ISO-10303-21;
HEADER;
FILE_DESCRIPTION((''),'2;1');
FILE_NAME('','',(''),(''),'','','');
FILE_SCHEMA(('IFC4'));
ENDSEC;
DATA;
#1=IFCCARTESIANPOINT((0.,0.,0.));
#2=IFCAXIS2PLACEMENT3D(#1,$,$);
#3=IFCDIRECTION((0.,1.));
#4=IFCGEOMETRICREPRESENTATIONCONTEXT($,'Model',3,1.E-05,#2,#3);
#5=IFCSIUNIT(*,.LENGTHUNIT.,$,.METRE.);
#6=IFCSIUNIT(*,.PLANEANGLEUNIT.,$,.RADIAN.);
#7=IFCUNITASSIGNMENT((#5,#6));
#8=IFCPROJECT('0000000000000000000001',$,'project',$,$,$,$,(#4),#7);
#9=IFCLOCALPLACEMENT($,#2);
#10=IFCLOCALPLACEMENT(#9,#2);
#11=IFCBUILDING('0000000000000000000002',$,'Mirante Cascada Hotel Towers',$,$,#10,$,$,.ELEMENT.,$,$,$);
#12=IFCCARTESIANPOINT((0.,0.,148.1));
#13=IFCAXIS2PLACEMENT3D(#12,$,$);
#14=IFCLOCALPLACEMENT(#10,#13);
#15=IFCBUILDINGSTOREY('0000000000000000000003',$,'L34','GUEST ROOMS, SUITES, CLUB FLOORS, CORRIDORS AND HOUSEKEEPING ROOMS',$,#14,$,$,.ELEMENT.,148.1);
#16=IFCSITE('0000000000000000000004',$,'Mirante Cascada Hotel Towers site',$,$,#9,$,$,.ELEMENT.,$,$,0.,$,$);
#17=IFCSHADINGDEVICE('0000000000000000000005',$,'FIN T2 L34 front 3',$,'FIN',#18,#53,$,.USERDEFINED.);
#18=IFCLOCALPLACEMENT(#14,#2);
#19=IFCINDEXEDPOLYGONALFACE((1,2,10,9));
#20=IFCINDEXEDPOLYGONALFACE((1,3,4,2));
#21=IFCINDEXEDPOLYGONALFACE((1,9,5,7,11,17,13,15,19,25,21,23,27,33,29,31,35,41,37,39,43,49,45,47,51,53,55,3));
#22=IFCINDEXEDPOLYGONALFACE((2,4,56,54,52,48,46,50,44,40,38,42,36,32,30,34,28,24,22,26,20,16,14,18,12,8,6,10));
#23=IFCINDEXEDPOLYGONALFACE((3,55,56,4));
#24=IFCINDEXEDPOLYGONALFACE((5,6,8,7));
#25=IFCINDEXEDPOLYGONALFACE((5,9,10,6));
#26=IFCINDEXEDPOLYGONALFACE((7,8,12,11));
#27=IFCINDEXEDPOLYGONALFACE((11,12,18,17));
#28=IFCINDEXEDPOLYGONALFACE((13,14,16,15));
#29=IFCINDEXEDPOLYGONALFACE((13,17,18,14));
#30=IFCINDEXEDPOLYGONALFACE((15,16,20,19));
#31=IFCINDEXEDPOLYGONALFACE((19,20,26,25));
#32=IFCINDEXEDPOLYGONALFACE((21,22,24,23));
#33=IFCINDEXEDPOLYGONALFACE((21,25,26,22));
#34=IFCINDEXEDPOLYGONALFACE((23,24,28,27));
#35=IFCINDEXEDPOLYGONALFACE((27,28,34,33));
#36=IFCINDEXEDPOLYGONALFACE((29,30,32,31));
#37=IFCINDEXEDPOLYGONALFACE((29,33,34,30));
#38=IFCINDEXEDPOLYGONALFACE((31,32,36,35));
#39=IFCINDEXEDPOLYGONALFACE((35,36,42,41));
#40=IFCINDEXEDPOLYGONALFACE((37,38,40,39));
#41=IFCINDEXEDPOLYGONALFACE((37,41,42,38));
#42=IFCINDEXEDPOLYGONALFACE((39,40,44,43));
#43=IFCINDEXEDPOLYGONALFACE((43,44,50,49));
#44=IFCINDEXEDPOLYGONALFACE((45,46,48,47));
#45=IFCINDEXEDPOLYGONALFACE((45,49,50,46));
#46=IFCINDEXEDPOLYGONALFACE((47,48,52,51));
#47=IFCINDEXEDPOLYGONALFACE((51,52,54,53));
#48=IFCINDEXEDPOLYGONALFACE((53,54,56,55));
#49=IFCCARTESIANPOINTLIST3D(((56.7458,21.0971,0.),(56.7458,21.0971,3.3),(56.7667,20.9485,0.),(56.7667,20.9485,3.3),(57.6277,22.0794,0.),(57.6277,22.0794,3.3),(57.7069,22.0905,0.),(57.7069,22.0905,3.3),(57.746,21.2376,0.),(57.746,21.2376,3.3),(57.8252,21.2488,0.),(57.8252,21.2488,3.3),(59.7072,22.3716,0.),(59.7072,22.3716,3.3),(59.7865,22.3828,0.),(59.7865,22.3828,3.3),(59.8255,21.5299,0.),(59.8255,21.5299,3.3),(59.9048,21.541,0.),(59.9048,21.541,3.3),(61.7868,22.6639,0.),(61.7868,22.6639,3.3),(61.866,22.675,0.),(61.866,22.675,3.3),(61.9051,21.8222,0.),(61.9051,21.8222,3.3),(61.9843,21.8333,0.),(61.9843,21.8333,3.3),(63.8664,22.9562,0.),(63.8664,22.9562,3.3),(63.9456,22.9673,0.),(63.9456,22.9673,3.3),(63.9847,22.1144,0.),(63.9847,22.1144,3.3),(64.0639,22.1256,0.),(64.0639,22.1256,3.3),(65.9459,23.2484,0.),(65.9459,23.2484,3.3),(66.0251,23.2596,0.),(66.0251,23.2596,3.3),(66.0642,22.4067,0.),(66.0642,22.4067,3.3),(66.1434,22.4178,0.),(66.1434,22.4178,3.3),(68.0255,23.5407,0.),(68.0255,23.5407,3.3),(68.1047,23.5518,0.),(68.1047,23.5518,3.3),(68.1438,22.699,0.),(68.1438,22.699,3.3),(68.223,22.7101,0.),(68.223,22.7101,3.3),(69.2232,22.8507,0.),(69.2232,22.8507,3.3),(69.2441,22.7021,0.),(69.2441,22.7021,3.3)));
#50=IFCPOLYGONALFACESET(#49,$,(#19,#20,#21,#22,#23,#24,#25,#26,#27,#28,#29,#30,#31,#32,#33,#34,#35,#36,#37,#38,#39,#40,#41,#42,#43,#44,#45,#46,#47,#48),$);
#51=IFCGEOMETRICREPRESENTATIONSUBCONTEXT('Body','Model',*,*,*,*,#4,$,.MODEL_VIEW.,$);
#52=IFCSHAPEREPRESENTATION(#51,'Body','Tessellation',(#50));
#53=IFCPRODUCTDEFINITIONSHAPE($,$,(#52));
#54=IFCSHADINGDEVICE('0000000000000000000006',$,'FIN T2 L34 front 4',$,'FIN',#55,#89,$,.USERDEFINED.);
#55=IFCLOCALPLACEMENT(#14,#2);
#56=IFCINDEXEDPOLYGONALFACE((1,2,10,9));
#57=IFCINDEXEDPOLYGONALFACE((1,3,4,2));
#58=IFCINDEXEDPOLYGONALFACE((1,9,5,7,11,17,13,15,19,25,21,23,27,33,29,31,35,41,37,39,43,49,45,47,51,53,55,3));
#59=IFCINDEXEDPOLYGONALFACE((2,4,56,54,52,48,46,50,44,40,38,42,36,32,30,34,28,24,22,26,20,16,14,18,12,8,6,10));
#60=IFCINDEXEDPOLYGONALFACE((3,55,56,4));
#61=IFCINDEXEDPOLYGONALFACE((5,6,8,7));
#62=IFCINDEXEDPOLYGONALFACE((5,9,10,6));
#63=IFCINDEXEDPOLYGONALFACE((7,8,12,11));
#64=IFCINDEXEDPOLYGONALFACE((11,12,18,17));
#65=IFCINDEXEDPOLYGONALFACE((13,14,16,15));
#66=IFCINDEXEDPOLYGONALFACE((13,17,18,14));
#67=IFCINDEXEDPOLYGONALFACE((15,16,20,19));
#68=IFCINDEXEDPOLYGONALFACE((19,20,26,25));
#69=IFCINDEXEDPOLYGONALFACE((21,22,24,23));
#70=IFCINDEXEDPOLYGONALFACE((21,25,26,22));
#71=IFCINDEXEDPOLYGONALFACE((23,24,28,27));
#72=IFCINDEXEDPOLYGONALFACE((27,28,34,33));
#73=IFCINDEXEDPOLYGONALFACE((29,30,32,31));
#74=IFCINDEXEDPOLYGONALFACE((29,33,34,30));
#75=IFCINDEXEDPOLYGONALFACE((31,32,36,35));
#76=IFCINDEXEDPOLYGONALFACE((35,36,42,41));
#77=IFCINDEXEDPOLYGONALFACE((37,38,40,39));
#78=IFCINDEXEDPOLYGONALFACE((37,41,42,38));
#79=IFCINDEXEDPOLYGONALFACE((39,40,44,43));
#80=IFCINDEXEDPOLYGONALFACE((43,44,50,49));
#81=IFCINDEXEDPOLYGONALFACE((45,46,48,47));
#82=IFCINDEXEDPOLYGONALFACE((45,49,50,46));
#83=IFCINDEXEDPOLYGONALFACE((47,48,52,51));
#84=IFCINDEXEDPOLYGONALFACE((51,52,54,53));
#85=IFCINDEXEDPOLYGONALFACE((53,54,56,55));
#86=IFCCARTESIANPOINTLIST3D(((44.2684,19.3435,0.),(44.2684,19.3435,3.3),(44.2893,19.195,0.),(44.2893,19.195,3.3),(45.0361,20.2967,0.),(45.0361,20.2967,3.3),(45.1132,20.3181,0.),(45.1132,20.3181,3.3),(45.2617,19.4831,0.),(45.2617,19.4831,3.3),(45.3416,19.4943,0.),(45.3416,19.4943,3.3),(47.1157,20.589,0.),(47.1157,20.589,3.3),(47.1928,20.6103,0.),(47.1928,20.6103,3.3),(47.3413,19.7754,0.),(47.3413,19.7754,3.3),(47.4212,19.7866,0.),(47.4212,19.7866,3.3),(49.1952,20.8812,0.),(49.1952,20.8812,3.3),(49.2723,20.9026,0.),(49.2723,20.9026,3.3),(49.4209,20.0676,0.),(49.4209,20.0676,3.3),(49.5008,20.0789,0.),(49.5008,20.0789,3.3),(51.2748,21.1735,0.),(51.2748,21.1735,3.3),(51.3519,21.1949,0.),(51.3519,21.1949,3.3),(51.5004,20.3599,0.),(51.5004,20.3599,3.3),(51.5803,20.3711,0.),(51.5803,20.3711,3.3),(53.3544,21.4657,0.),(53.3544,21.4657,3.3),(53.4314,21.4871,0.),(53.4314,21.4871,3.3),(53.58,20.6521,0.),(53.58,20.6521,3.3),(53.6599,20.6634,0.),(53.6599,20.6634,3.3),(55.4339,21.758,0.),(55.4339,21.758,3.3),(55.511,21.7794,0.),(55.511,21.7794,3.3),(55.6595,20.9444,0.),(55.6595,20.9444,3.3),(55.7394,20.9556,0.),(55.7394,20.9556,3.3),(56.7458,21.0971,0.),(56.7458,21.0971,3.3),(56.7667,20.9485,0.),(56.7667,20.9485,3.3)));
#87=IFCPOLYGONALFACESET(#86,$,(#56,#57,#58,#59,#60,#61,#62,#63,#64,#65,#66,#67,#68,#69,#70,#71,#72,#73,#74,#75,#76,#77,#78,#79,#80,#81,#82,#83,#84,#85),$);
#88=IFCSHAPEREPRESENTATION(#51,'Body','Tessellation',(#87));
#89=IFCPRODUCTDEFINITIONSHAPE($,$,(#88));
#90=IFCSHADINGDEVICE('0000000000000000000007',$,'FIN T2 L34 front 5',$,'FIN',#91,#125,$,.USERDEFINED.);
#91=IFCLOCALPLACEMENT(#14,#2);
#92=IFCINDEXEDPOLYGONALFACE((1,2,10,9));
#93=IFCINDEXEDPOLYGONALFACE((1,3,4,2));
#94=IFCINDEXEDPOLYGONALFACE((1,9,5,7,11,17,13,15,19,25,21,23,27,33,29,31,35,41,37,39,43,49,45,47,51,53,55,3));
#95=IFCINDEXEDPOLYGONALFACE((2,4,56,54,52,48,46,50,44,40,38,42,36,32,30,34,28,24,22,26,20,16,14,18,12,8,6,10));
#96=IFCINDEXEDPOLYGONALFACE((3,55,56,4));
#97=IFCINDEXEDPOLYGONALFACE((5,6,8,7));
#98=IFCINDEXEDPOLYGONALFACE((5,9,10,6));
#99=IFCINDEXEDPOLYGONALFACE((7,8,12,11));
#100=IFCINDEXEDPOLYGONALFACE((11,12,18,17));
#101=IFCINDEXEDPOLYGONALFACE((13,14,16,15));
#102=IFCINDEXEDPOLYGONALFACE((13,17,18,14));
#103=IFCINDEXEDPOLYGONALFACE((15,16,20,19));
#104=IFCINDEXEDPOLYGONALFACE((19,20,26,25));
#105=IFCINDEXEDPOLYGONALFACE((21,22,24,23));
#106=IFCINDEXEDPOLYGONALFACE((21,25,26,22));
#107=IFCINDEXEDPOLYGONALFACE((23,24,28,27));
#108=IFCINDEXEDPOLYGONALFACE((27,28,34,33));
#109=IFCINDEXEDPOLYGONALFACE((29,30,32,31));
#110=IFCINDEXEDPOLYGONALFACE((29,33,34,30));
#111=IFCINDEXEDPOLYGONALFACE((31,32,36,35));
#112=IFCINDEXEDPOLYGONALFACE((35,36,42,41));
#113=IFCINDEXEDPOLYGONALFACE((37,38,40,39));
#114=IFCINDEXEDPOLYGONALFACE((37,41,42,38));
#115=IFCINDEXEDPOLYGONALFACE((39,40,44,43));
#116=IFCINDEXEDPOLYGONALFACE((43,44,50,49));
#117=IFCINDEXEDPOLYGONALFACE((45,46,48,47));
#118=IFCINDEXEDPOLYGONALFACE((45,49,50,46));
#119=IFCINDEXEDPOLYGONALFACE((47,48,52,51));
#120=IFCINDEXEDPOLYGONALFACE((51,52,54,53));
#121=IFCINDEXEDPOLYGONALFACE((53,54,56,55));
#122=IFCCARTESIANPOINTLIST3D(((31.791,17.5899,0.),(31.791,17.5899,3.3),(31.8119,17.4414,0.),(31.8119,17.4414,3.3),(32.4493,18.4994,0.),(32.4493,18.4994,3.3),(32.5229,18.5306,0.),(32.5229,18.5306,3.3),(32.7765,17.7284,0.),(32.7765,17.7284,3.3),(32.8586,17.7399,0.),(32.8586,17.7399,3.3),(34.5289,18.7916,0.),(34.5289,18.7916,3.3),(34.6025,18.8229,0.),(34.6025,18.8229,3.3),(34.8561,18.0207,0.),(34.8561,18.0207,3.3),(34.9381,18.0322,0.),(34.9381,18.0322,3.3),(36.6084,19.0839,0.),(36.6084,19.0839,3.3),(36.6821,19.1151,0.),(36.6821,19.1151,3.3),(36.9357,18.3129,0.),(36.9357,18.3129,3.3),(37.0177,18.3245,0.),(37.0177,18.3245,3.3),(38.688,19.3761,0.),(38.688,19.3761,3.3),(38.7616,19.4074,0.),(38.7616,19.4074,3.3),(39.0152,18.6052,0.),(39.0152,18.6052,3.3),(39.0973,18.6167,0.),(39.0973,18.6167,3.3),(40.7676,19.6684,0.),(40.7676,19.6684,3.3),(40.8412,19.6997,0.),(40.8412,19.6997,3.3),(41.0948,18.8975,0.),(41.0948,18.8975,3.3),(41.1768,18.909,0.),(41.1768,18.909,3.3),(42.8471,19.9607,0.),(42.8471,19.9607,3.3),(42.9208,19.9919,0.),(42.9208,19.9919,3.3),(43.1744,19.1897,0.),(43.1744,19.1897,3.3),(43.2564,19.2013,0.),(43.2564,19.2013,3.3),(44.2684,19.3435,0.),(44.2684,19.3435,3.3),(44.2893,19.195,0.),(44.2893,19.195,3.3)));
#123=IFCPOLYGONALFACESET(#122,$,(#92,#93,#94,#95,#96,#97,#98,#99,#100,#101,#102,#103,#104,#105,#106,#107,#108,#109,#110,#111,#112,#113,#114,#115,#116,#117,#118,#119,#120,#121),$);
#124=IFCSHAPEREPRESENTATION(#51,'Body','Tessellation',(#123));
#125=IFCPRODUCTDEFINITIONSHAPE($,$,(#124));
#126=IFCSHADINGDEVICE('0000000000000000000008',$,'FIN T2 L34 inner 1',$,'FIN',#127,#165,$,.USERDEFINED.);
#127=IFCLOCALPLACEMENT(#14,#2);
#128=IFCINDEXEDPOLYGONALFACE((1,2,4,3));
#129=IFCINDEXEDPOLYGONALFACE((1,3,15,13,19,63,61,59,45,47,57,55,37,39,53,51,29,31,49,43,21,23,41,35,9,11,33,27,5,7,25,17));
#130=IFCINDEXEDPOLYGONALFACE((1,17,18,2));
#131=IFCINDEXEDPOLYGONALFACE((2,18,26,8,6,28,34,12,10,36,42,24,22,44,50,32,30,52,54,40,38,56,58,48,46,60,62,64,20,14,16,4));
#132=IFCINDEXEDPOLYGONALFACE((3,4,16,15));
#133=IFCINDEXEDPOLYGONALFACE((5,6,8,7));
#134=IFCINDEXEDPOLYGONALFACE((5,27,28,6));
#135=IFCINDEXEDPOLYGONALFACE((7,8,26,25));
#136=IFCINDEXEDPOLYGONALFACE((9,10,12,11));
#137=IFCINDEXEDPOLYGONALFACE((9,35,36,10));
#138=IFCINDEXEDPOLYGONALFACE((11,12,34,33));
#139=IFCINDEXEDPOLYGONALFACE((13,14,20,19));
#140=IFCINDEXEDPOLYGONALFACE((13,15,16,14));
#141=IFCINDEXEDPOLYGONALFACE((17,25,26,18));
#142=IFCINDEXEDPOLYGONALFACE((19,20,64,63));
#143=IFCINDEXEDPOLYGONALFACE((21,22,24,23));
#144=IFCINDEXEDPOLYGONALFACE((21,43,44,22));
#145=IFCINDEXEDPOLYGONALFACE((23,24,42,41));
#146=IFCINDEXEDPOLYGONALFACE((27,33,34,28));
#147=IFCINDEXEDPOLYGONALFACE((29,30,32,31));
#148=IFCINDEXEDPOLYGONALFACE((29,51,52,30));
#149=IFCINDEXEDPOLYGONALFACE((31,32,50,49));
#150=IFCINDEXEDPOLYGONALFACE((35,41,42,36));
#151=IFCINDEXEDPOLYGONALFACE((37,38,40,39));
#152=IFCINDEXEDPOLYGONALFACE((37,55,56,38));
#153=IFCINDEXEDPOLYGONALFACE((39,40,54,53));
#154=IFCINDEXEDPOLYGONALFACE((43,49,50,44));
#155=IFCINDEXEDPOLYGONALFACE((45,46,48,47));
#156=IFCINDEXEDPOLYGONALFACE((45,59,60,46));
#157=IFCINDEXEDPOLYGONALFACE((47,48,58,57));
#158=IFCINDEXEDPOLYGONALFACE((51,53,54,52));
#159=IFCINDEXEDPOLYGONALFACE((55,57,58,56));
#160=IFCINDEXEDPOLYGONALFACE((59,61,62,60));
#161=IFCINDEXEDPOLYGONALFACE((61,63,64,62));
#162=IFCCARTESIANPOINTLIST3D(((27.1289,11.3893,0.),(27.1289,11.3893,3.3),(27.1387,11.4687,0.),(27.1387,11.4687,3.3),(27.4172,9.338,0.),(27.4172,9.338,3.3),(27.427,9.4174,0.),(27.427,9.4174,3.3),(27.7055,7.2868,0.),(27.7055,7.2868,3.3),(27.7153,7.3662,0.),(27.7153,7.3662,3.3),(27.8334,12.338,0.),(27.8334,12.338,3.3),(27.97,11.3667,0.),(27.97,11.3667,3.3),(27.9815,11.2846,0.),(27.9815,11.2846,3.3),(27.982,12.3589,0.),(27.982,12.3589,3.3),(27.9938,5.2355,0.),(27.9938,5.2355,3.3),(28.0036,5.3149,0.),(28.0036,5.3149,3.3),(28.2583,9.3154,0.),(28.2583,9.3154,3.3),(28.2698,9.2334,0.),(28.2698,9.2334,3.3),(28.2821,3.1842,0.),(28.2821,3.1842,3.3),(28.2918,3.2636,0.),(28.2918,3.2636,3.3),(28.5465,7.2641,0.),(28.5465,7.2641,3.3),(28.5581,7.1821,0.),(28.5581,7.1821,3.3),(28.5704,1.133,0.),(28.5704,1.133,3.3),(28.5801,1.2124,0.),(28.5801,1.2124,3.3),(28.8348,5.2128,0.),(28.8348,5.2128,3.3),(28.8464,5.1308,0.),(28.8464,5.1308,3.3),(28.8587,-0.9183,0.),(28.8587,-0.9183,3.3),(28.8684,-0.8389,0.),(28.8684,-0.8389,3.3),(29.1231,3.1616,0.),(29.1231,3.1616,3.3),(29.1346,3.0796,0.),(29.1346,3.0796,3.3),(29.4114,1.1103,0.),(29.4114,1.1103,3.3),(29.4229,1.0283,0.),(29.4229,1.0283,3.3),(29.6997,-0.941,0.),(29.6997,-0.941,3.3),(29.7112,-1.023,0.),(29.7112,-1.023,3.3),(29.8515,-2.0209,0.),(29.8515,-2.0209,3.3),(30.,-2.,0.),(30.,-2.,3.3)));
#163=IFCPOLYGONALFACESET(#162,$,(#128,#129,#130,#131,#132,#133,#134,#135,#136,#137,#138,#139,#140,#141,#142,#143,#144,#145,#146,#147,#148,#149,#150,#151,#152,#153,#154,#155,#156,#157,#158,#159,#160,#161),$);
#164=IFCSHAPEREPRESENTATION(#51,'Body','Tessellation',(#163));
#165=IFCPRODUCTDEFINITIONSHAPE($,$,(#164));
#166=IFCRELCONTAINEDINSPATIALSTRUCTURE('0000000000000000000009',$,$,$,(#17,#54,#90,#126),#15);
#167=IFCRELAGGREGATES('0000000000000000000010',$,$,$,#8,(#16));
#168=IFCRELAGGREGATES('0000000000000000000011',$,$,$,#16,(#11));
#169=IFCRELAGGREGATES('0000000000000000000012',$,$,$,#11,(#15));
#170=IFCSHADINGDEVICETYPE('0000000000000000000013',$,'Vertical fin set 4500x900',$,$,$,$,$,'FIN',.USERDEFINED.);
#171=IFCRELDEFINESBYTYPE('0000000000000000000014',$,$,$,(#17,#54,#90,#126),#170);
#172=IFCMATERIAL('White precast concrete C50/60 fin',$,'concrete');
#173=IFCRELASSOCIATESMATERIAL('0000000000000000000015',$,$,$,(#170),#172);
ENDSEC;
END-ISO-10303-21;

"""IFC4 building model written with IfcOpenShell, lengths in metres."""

from ifc_helpers import new_model, si_unit, direction, frame, origin, place, context, subcontext, project, spatial, polyline, outline, extrude, material, type_object, element, save


model = new_model("IFC4")

# Units and contexts
model_context = context("Model", 3, precision=1e-05, world=origin(), true_north=direction((0.0, 1.0)))
body_context = subcontext(model_context, "Body", "Model", "MODEL_VIEW")
ifc_project = project(units=[si_unit("LENGTHUNIT", "METRE"), si_unit("PLANEANGLEUNIT", "RADIAN")], contexts=[model_context])

# Site, building, storey
site_placement = place(None, origin())
site = spatial("IfcSite", under=ifc_project, at=site_placement, Name="Mirante Cascada Hotel Towers site", CompositionType="ELEMENT", RefElevation=0.0)
building_placement = place(site_placement, origin())
building = spatial("IfcBuilding", under=site, at=building_placement, Name="Mirante Cascada Hotel Towers", CompositionType="ELEMENT")
storey_placement = place(building_placement, frame((0.0, 0.0, 148.1)))
storey = spatial("IfcBuildingStorey", under=building, at=storey_placement, Name="L34", Description="GUEST ROOMS, SUITES, CLUB FLOORS, CORRIDORS AND HOUSEKEEPING ROOMS", CompositionType="ELEMENT", Elevation=148.1)

# Shading devices
ifc_material_1 = material(Name="White precast concrete C50/60 fin", Category="concrete")
shading_device_type = type_object("IfcShadingDeviceType", Name="Vertical fin set 4500x900", ElementType="FIN", PredefinedType="USERDEFINED", material=ifc_material_1)
shading_device_1_placement = place(storey_placement, origin())
element("IfcShadingDevice", 1, at=shading_device_1_placement, inside=storey, type_object=shading_device_type, Name="FIN T2 L34 front 3", ObjectType="FIN", PredefinedType="USERDEFINED", context=body_context, shape_type="SweptSolid", body=[
    extrude(outline(polyline([(57.7069, 22.0905), (57.8252, 21.2488), (59.8255, 21.5299), (59.7072, 22.3716), (59.7865, 22.3828), (59.9048, 21.541), (61.9051, 21.8222), (61.7868, 22.6639), (61.866, 22.675), (61.9843, 21.8333), (63.9847, 22.1144), (63.8664, 22.9562), (63.9456, 22.9673), (64.0639, 22.1256), (66.0642, 22.4067), (65.9459, 23.2484), (66.0251, 23.2596), (66.1434, 22.4178), (68.1438, 22.699), (68.0255, 23.5407), (68.1047, 23.5518), (68.223, 22.7101), (69.2232, 22.8507), (69.2441, 22.7021), (56.7667, 20.9485), (56.7458, 21.0971), (57.746, 21.2376), (57.6277, 22.0794), (57.7069, 22.0905)])), origin(), (0.0, 0.0, 1.0), 3.3),
])
shading_device_2_placement = place(storey_placement, origin())
element("IfcShadingDevice", 2, at=shading_device_2_placement, inside=storey, type_object=shading_device_type, Name="FIN T2 L34 front 4", ObjectType="FIN", PredefinedType="USERDEFINED", context=body_context, shape_type="SweptSolid", body=[
    extrude(outline(polyline([(45.1132, 20.3181), (45.3416, 19.4943), (47.3413, 19.7754), (47.1157, 20.589), (47.1928, 20.6103), (47.4212, 19.7866), (49.4209, 20.0676), (49.1952, 20.8812), (49.2723, 20.9026), (49.5008, 20.0789), (51.5004, 20.3599), (51.2748, 21.1735), (51.3519, 21.1949), (51.5803, 20.3711), (53.58, 20.6521), (53.3544, 21.4657), (53.4314, 21.4871), (53.6599, 20.6634), (55.6595, 20.9444), (55.4339, 21.758), (55.511, 21.7794), (55.7394, 20.9556), (56.7458, 21.0971), (56.7667, 20.9485), (44.2893, 19.195), (44.2684, 19.3435), (45.2617, 19.4831), (45.0361, 20.2967), (45.1132, 20.3181)])), origin(), (0.0, 0.0, 1.0), 3.3),
])
shading_device_3_placement = place(storey_placement, origin())
element("IfcShadingDevice", 3, at=shading_device_3_placement, inside=storey, type_object=shading_device_type, Name="FIN T2 L34 front 5", ObjectType="FIN", PredefinedType="USERDEFINED", context=body_context, shape_type="SweptSolid", body=[
    extrude(outline(polyline([(32.5229, 18.5306), (32.8586, 17.7399), (34.8561, 18.0207), (34.5289, 18.7916), (34.6025, 18.8229), (34.9381, 18.0322), (36.9357, 18.3129), (36.6084, 19.0839), (36.6821, 19.1151), (37.0177, 18.3245), (39.0152, 18.6052), (38.688, 19.3761), (38.7616, 19.4074), (39.0973, 18.6167), (41.0948, 18.8975), (40.7676, 19.6684), (40.8412, 19.6997), (41.1768, 18.909), (43.1744, 19.1897), (42.8471, 19.9607), (42.9208, 19.9919), (43.2564, 19.2013), (44.2684, 19.3435), (44.2893, 19.195), (31.8119, 17.4414), (31.791, 17.5899), (32.7765, 17.7284), (32.4493, 18.4994), (32.5229, 18.5306)])), origin(), (0.0, 0.0, 1.0), 3.3),
])
shading_device_4_placement = place(storey_placement, origin())
element("IfcShadingDevice", 4, at=shading_device_4_placement, inside=storey, type_object=shading_device_type, Name="FIN T2 L34 inner 1", ObjectType="FIN", PredefinedType="USERDEFINED", context=body_context, shape_type="SweptSolid", body=[
    extrude(outline(polyline([(28.8684, -0.8389), (29.6997, -0.941), (29.4229, 1.0283), (28.5704, 1.133), (28.5801, 1.2124), (29.4114, 1.1103), (29.1346, 3.0796), (28.2821, 3.1842), (28.2918, 3.2636), (29.1231, 3.1616), (28.8464, 5.1308), (27.9938, 5.2355), (28.0036, 5.3149), (28.8348, 5.2128), (28.5581, 7.1821), (27.7055, 7.2868), (27.7153, 7.3662), (28.5465, 7.2641), (28.2698, 9.2334), (27.4172, 9.338), (27.427, 9.4174), (28.2583, 9.3154), (27.9815, 11.2846), (27.1289, 11.3893), (27.1387, 11.4687), (27.97, 11.3667), (27.8334, 12.338), (27.982, 12.3589), (30.0, -2.0), (29.8515, -2.0209), (29.7112, -1.023), (28.8587, -0.9183), (28.8684, -0.8389)])), origin(), (0.0, 0.0, 1.0), 3.3),
])

save(model, "model.ifc")
